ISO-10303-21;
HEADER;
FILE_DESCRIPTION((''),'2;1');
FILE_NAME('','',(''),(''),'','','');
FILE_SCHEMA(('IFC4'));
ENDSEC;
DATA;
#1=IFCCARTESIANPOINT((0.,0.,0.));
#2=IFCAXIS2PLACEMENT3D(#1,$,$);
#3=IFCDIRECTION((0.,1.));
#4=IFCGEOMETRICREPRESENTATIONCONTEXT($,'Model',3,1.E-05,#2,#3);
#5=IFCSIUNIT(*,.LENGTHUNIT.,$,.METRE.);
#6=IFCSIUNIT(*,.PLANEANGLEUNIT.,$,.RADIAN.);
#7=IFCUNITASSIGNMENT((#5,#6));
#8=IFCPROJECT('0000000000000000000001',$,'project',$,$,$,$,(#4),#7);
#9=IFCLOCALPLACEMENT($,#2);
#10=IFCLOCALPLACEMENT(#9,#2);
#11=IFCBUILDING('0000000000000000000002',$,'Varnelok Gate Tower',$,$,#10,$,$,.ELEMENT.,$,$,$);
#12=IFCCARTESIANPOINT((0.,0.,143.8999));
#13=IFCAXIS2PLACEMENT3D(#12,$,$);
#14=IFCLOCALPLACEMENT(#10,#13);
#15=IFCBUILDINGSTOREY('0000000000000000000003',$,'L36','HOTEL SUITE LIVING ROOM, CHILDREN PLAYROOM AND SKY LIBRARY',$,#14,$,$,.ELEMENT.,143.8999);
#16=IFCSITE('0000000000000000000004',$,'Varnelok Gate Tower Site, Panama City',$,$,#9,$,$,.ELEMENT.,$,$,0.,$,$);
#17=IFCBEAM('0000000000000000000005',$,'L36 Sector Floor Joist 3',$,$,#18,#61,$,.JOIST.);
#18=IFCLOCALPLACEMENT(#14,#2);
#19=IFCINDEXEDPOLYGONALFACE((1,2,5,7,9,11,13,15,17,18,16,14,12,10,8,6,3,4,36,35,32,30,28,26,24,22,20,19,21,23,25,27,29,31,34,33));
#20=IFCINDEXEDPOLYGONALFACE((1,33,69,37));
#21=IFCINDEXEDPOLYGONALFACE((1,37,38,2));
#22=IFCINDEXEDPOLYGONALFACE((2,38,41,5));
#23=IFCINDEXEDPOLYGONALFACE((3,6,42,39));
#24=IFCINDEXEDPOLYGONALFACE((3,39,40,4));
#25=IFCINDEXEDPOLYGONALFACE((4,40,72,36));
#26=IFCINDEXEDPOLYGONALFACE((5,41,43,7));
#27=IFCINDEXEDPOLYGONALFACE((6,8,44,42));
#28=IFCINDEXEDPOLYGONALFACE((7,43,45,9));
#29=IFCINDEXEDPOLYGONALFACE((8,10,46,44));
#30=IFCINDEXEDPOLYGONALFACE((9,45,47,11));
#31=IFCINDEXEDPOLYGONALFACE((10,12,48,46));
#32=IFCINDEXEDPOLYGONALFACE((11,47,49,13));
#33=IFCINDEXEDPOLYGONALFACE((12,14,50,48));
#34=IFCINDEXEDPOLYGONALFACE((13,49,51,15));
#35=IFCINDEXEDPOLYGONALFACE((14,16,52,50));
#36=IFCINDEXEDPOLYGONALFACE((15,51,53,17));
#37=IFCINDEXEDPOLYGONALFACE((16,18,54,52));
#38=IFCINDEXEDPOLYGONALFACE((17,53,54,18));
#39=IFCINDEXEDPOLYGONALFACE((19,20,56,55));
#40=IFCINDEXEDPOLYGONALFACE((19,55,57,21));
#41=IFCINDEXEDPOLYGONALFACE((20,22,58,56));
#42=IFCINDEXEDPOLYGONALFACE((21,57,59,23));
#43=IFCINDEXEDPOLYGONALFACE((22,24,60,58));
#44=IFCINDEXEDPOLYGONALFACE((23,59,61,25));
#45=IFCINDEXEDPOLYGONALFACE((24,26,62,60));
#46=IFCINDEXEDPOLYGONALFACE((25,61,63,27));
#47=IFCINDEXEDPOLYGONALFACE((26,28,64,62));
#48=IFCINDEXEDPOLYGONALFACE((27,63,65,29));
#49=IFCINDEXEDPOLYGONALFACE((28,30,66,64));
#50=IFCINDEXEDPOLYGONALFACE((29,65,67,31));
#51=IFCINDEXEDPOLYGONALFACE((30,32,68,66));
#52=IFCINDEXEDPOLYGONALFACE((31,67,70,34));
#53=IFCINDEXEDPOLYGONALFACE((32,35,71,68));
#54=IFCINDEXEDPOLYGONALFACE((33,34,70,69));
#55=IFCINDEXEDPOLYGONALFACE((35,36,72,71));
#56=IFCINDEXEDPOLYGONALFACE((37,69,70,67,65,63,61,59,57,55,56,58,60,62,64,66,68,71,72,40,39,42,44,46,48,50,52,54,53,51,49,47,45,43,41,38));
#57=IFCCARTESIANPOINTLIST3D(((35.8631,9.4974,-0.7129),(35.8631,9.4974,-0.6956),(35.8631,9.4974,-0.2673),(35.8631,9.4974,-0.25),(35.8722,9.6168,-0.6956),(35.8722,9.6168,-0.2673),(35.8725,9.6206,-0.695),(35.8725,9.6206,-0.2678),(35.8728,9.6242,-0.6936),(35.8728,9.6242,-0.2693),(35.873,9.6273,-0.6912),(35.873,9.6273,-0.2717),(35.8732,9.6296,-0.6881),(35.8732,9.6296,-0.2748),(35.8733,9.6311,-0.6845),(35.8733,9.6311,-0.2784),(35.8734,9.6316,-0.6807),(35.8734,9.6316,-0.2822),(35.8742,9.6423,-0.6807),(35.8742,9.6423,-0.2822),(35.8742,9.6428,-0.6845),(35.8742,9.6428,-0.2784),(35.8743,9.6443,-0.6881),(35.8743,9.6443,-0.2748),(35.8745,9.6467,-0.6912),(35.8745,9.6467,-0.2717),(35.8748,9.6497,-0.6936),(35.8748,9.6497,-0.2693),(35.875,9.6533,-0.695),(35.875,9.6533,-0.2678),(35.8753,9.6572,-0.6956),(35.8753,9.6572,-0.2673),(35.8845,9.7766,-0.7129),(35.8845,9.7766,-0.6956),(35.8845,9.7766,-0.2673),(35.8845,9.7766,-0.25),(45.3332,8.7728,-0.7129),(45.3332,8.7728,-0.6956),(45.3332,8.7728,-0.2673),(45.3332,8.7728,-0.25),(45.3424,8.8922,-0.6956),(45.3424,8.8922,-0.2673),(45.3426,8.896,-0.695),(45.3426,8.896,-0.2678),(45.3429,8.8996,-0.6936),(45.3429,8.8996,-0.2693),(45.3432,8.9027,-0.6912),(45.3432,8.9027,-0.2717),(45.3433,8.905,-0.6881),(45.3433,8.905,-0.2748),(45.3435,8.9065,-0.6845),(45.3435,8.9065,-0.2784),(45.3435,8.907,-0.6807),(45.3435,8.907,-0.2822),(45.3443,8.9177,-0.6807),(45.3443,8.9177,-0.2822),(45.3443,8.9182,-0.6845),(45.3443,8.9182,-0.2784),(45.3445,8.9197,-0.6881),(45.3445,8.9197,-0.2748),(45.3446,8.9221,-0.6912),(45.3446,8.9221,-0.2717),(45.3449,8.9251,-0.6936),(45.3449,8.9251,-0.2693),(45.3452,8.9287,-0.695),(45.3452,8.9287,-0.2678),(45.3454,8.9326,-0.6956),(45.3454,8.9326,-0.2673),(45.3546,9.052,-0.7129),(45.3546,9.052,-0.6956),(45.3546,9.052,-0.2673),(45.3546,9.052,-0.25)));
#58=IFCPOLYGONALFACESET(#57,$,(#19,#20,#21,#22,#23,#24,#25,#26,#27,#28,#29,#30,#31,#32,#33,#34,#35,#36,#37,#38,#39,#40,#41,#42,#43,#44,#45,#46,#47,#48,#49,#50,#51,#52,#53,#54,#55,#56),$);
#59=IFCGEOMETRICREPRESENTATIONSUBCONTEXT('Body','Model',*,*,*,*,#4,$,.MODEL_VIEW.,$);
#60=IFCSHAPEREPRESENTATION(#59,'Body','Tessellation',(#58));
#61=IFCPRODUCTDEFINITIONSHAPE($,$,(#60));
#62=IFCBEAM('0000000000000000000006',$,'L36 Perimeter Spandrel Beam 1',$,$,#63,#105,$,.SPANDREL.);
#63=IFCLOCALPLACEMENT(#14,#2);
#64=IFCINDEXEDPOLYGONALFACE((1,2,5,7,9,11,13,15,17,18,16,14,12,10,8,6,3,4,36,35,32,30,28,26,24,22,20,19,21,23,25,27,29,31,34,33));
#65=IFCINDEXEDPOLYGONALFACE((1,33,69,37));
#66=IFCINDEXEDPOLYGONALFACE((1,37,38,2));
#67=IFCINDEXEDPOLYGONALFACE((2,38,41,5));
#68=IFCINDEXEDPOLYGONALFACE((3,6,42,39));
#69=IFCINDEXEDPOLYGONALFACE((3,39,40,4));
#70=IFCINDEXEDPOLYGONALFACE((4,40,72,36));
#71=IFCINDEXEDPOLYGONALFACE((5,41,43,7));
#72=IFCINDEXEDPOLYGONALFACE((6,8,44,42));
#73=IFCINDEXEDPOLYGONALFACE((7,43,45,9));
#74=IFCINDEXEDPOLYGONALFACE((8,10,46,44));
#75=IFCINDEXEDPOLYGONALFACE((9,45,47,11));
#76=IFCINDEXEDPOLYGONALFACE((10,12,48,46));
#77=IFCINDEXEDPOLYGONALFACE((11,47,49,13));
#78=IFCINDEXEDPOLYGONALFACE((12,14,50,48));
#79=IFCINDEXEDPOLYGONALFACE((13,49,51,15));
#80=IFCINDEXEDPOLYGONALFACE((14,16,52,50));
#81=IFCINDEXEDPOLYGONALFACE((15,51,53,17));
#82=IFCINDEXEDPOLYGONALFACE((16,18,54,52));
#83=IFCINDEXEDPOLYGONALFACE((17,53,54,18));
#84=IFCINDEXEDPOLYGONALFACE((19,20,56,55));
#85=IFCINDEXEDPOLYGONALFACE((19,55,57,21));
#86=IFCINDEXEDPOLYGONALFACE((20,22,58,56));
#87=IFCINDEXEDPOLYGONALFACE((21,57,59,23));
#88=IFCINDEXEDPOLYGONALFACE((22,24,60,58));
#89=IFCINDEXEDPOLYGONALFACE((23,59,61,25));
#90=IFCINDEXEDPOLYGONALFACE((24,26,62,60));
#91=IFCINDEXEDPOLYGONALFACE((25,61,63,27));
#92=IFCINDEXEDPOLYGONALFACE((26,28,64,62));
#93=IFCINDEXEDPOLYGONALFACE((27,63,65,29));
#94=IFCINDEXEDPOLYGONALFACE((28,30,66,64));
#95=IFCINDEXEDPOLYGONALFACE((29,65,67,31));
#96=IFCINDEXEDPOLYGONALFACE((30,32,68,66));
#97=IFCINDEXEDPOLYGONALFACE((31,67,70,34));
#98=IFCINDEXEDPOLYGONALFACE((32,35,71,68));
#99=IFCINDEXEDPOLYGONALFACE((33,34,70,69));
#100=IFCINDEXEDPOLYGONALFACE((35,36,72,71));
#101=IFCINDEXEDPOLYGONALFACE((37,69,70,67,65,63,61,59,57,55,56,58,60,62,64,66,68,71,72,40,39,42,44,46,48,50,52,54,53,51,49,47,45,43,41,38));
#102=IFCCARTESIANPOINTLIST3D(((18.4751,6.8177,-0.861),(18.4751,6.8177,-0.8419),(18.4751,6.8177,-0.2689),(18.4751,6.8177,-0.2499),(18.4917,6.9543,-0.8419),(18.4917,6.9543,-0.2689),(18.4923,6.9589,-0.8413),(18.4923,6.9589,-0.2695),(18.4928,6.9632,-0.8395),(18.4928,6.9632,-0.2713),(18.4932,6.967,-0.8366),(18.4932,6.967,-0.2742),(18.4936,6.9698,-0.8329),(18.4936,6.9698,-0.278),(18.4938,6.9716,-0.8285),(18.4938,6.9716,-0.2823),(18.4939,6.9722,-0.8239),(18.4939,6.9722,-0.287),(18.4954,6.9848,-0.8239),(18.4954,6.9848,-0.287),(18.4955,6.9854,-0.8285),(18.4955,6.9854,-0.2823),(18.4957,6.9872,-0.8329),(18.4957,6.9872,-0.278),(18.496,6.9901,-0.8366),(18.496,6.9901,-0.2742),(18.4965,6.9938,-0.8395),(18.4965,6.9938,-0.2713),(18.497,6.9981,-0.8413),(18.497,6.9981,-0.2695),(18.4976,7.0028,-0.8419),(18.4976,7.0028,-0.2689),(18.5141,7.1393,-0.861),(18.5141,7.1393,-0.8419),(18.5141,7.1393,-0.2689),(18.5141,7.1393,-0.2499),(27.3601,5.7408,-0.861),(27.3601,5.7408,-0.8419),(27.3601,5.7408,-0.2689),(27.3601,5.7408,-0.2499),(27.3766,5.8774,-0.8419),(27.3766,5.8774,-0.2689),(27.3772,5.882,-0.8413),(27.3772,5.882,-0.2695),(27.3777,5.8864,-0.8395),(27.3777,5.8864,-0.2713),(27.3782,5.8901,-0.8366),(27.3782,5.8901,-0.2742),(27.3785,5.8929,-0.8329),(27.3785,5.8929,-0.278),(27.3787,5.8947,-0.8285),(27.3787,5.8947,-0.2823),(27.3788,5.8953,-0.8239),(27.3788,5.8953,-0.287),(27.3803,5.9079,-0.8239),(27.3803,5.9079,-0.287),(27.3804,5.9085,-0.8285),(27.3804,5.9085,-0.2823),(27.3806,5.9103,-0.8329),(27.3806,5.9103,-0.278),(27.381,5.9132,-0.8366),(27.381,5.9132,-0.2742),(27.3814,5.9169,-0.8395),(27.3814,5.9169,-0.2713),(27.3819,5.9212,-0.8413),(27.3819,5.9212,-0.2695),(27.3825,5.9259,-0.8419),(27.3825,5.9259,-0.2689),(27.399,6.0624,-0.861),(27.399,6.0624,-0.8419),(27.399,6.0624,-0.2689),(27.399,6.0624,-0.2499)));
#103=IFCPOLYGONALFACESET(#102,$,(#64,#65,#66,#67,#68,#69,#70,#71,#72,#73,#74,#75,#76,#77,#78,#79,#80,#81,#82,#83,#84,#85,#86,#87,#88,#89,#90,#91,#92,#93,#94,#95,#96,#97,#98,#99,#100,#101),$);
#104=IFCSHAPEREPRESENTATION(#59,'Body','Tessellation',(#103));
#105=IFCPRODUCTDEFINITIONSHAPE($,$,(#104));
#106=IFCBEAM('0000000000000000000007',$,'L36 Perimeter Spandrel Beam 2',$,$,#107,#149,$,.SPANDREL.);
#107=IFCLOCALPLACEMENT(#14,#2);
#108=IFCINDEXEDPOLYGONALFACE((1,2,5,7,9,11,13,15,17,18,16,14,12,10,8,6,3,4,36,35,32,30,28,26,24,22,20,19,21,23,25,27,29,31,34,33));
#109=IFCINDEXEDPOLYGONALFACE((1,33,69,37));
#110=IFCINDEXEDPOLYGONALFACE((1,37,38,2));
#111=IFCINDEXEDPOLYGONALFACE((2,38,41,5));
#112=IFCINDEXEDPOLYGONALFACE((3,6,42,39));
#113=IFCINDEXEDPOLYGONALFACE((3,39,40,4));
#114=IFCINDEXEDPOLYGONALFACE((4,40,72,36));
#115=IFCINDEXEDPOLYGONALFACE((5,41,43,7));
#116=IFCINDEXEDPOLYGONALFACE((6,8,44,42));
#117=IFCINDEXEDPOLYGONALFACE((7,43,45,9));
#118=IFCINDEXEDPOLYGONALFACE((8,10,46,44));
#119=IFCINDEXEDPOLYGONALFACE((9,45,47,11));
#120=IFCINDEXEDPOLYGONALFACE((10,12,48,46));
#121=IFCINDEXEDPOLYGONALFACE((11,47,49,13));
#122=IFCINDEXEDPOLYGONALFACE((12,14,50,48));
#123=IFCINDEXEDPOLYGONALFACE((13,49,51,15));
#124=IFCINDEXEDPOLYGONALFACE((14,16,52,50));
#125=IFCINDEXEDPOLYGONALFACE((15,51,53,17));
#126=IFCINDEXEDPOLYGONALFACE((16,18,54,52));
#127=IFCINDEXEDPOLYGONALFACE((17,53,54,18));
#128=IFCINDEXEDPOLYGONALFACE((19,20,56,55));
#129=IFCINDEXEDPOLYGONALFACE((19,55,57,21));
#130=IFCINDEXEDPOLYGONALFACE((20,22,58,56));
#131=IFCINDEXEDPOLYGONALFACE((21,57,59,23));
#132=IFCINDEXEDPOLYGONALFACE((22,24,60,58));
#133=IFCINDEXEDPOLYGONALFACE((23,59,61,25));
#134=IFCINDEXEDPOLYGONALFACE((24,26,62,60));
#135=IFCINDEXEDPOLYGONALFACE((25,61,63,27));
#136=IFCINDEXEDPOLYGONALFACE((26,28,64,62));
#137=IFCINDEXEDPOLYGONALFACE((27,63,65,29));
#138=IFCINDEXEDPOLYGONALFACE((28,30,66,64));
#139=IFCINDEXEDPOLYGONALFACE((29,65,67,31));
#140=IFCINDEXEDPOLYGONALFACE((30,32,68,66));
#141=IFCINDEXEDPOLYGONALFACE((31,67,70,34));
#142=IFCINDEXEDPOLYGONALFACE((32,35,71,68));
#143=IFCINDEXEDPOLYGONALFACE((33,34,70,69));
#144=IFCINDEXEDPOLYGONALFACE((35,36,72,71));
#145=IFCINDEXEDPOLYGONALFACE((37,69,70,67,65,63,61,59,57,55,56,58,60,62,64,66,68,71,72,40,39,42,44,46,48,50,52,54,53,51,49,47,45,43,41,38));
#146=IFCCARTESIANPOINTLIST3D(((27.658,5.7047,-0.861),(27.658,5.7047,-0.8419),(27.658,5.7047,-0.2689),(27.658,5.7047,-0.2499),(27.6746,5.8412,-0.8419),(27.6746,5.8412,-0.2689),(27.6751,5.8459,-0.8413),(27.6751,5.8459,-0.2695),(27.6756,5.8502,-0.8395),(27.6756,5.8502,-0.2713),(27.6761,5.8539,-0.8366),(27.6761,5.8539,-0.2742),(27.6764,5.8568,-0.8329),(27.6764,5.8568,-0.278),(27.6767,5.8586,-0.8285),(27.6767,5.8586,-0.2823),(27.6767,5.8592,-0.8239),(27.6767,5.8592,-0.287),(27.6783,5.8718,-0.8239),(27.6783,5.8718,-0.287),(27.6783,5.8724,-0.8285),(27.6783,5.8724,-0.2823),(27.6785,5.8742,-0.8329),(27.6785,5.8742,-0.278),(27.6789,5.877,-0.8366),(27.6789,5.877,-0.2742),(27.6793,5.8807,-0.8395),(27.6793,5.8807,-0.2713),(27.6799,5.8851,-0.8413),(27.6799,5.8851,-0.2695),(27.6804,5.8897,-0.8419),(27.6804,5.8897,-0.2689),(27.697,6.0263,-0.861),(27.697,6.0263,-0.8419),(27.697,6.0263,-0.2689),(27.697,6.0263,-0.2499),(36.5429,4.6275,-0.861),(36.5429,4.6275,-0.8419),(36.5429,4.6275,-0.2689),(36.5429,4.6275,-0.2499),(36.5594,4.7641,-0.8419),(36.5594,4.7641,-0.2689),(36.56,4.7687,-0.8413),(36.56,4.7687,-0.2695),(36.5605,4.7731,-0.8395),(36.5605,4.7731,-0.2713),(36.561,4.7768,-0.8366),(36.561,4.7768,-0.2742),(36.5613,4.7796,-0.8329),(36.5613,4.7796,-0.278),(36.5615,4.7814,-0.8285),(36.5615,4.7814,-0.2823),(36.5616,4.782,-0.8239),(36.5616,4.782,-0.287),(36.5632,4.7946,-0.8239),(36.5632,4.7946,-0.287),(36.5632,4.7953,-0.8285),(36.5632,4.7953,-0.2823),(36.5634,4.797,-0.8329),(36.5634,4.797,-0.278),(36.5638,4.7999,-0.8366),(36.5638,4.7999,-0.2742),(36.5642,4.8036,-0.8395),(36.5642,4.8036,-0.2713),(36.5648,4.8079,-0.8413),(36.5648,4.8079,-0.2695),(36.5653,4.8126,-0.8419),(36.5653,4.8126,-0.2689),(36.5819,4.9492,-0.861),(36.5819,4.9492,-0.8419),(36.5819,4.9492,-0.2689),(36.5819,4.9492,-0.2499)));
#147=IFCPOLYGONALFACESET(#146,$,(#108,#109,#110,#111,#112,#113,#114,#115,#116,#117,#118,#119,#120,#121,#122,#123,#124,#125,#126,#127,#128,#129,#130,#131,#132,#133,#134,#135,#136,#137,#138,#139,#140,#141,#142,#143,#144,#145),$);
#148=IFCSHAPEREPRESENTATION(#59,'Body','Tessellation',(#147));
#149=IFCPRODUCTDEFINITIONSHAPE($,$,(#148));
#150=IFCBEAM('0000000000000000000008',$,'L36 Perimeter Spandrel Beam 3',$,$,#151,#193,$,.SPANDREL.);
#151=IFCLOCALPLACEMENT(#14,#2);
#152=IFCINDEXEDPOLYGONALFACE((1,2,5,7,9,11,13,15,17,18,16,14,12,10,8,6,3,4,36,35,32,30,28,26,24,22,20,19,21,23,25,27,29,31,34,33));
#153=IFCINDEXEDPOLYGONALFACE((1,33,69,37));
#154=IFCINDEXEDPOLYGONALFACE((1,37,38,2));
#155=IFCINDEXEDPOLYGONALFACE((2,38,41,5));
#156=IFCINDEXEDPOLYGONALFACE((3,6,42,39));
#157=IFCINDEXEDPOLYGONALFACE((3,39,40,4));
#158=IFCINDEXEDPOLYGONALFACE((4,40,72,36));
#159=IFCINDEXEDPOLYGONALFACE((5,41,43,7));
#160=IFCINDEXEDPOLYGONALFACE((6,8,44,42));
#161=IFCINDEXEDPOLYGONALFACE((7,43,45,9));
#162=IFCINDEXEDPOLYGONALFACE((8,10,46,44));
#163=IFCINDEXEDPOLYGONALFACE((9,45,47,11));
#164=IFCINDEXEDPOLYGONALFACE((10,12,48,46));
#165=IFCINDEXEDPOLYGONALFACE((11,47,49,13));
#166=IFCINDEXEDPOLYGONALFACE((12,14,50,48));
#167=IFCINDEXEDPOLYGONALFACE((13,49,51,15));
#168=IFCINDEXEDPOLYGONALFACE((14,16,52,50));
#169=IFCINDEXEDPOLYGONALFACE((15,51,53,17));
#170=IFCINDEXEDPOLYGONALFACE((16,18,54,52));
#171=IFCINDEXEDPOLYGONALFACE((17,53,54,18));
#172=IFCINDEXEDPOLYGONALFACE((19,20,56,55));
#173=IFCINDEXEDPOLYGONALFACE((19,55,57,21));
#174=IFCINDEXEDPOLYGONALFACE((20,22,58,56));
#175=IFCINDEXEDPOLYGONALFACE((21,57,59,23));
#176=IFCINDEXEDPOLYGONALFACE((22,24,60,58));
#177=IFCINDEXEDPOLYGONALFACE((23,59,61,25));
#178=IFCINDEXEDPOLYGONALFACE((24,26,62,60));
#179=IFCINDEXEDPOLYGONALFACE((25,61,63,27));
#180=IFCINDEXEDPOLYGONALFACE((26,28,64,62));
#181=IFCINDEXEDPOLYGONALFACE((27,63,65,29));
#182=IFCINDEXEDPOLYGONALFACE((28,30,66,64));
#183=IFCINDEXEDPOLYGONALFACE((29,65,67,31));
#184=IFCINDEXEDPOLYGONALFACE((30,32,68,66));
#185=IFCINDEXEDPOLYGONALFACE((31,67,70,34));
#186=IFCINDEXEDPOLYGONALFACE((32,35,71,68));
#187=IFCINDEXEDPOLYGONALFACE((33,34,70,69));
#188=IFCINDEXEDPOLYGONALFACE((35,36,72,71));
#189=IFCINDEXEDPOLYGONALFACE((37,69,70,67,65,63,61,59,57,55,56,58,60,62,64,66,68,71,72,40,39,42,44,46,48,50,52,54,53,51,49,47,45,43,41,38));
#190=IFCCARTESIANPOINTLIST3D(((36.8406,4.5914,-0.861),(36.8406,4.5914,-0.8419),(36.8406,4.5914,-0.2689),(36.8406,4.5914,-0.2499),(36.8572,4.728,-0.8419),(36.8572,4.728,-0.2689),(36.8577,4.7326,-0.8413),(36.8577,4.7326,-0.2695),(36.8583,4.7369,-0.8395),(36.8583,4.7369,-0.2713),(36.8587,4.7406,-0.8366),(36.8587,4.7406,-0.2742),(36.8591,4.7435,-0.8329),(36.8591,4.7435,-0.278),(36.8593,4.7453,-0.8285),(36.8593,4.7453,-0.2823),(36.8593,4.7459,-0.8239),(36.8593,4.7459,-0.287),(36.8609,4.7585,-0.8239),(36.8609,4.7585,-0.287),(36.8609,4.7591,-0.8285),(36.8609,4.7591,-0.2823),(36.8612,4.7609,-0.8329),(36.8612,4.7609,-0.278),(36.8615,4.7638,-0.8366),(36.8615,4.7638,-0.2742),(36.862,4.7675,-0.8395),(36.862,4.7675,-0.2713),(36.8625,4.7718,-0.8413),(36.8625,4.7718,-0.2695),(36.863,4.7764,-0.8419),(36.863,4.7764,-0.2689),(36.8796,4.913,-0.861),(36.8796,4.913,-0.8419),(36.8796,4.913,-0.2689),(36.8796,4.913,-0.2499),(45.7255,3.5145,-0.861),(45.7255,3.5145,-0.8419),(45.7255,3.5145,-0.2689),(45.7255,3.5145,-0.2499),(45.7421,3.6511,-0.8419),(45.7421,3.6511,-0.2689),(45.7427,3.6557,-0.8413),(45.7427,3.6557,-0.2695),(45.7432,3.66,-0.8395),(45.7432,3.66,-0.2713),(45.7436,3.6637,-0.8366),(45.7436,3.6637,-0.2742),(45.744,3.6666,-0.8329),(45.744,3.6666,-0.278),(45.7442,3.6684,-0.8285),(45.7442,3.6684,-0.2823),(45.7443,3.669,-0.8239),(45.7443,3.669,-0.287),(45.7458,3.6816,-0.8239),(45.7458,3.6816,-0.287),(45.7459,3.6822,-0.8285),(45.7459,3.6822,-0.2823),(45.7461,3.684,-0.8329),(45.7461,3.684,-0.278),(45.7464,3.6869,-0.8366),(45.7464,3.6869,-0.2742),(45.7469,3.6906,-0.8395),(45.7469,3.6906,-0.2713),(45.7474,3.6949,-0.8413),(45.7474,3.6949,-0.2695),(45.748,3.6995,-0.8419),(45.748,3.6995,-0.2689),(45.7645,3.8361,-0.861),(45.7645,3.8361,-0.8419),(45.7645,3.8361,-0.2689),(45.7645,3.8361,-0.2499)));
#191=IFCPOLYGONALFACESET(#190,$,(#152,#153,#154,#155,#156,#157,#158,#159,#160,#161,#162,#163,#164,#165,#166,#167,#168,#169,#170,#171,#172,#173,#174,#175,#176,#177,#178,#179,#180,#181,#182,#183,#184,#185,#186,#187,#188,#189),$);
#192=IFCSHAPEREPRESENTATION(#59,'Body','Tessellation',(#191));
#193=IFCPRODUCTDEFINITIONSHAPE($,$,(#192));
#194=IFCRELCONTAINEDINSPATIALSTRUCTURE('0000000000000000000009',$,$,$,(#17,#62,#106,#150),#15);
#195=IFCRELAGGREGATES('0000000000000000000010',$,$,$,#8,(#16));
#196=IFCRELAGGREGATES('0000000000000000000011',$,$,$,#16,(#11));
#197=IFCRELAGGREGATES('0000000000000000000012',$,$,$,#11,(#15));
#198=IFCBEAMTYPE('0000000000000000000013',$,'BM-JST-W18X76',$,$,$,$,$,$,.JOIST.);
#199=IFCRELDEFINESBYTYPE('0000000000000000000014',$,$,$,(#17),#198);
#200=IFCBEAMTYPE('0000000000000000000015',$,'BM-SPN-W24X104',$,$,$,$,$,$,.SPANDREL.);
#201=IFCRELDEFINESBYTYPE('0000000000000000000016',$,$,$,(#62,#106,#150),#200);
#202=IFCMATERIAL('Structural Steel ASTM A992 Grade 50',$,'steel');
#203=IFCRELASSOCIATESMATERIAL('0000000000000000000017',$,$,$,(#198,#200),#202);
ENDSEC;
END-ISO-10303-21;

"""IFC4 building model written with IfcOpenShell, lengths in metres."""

from ifc_helpers import new_model, si_unit, direction, frame, origin, origin_2d, place, context, subcontext, project, spatial, i_section, extrude, material, material_profile, profile_set, type_object, element, save


model = new_model("IFC4")

# Units and contexts
model_context = context("Model", 3, precision=1e-05, world=origin(), true_north=direction((0.0, 1.0)))
body_context = subcontext(model_context, "Body", "Model", "MODEL_VIEW")
ifc_project = project(units=[si_unit("LENGTHUNIT", "METRE"), si_unit("PLANEANGLEUNIT", "RADIAN")], contexts=[model_context])

# Site, building, storey
site_placement = place(None, origin())
site = spatial("IfcSite", under=ifc_project, at=site_placement, Name="Varnelok Gate Tower Site, Panama City", CompositionType="ELEMENT", RefElevation=0.0)
building_placement = place(site_placement, origin())
building = spatial("IfcBuilding", under=site, at=building_placement, Name="Varnelok Gate Tower", CompositionType="ELEMENT")
storey_placement = place(building_placement, frame((0.0, 0.0, 143.8999)))
storey = spatial("IfcBuildingStorey", under=building, at=storey_placement, Name="L36", Description="HOTEL SUITE LIVING ROOM, CHILDREN PLAYROOM AND SKY LIBRARY", CompositionType="ELEMENT", Elevation=143.8999)

# Shared definitions
ifc_material_1 = material(Name="Structural Steel ASTM A992 Grade 50", Category="steel")

# Beams
ifc_material_profile_1 = material_profile(ifc_material_1, i_section(OverallWidth=0.28, OverallDepth=0.4629, WebThickness=0.0107, FlangeThickness=0.0173, FilletRadius=0.0149, at=origin_2d()), Name="W18X76")
ifc_profile_set_1 = profile_set([ifc_material_profile_1], Name="Structural Steel ASTM A992 Grade 50")
beam_type_1 = type_object("IfcBeamType", Name="BM-JST-W18X76", PredefinedType="JOIST", material=ifc_profile_set_1)
beam_1_placement = place(storey_placement, frame((35.8738, 9.637, -0.4814), z_axis=(0.997086, -0.076292, 0.0), x_axis=(0.076292, 0.997086, 0.0)))
element("IfcBeam", 1, at=beam_1_placement, inside=storey, type_object=beam_type_1, Name="L36 Sector Floor Joist 3", PredefinedType="JOIST", context=body_context, shape_type="SweptSolid", body=[
    extrude(i_section(OverallWidth=0.28, OverallDepth=0.4629, WebThickness=0.0107, FlangeThickness=0.0173, FilletRadius=0.0149, at=origin_2d()), origin(), (0.0, 0.0, 1.0), 9.4978),
])
ifc_material_profile_2 = material_profile(ifc_material_1, i_section(OverallWidth=0.324, OverallDepth=0.6111, WebThickness=0.0127, FlangeThickness=0.019, FilletRadius=0.0181, at=origin_2d()), Name="W24X104")
ifc_profile_set_2 = profile_set([ifc_material_profile_2], Name="Structural Steel ASTM A992 Grade 50")
beam_type_2 = type_object("IfcBeamType", Name="BM-SPN-W24X104", PredefinedType="SPANDREL", material=ifc_profile_set_2)
for number, where, z_axis, x_axis, name in (
    (2, (18.4946, 6.9785, -0.5554), (0.992735, -0.120324, 0.0), (0.120324, 0.992735, 0.0), "L36 Perimeter Spandrel Beam 1"),
    (3, (27.6775, 5.8655, -0.5554), (0.992731, -0.120351, 0.0), (0.120351, 0.992731, 0.0), "L36 Perimeter Spandrel Beam 2"),
    (4, (36.8601, 4.7522, -0.5554), (0.992735, -0.120324, 0.0), (0.120324, 0.992735, 0.0), "L36 Perimeter Spandrel Beam 3"),
):
    element("IfcBeam", number, at=place(storey_placement, frame(where, z_axis=z_axis, x_axis=x_axis)), inside=storey, type_object=beam_type_2, Name=name, PredefinedType="SPANDREL", context=body_context, shape_type="SweptSolid", body=[
        extrude(i_section(OverallWidth=0.324, OverallDepth=0.6111, WebThickness=0.0127, FlangeThickness=0.019, FilletRadius=0.0181, at=origin_2d()), origin(), (0.0, 0.0, 1.0), 8.95),
    ])

save(model, "model.ifc")
